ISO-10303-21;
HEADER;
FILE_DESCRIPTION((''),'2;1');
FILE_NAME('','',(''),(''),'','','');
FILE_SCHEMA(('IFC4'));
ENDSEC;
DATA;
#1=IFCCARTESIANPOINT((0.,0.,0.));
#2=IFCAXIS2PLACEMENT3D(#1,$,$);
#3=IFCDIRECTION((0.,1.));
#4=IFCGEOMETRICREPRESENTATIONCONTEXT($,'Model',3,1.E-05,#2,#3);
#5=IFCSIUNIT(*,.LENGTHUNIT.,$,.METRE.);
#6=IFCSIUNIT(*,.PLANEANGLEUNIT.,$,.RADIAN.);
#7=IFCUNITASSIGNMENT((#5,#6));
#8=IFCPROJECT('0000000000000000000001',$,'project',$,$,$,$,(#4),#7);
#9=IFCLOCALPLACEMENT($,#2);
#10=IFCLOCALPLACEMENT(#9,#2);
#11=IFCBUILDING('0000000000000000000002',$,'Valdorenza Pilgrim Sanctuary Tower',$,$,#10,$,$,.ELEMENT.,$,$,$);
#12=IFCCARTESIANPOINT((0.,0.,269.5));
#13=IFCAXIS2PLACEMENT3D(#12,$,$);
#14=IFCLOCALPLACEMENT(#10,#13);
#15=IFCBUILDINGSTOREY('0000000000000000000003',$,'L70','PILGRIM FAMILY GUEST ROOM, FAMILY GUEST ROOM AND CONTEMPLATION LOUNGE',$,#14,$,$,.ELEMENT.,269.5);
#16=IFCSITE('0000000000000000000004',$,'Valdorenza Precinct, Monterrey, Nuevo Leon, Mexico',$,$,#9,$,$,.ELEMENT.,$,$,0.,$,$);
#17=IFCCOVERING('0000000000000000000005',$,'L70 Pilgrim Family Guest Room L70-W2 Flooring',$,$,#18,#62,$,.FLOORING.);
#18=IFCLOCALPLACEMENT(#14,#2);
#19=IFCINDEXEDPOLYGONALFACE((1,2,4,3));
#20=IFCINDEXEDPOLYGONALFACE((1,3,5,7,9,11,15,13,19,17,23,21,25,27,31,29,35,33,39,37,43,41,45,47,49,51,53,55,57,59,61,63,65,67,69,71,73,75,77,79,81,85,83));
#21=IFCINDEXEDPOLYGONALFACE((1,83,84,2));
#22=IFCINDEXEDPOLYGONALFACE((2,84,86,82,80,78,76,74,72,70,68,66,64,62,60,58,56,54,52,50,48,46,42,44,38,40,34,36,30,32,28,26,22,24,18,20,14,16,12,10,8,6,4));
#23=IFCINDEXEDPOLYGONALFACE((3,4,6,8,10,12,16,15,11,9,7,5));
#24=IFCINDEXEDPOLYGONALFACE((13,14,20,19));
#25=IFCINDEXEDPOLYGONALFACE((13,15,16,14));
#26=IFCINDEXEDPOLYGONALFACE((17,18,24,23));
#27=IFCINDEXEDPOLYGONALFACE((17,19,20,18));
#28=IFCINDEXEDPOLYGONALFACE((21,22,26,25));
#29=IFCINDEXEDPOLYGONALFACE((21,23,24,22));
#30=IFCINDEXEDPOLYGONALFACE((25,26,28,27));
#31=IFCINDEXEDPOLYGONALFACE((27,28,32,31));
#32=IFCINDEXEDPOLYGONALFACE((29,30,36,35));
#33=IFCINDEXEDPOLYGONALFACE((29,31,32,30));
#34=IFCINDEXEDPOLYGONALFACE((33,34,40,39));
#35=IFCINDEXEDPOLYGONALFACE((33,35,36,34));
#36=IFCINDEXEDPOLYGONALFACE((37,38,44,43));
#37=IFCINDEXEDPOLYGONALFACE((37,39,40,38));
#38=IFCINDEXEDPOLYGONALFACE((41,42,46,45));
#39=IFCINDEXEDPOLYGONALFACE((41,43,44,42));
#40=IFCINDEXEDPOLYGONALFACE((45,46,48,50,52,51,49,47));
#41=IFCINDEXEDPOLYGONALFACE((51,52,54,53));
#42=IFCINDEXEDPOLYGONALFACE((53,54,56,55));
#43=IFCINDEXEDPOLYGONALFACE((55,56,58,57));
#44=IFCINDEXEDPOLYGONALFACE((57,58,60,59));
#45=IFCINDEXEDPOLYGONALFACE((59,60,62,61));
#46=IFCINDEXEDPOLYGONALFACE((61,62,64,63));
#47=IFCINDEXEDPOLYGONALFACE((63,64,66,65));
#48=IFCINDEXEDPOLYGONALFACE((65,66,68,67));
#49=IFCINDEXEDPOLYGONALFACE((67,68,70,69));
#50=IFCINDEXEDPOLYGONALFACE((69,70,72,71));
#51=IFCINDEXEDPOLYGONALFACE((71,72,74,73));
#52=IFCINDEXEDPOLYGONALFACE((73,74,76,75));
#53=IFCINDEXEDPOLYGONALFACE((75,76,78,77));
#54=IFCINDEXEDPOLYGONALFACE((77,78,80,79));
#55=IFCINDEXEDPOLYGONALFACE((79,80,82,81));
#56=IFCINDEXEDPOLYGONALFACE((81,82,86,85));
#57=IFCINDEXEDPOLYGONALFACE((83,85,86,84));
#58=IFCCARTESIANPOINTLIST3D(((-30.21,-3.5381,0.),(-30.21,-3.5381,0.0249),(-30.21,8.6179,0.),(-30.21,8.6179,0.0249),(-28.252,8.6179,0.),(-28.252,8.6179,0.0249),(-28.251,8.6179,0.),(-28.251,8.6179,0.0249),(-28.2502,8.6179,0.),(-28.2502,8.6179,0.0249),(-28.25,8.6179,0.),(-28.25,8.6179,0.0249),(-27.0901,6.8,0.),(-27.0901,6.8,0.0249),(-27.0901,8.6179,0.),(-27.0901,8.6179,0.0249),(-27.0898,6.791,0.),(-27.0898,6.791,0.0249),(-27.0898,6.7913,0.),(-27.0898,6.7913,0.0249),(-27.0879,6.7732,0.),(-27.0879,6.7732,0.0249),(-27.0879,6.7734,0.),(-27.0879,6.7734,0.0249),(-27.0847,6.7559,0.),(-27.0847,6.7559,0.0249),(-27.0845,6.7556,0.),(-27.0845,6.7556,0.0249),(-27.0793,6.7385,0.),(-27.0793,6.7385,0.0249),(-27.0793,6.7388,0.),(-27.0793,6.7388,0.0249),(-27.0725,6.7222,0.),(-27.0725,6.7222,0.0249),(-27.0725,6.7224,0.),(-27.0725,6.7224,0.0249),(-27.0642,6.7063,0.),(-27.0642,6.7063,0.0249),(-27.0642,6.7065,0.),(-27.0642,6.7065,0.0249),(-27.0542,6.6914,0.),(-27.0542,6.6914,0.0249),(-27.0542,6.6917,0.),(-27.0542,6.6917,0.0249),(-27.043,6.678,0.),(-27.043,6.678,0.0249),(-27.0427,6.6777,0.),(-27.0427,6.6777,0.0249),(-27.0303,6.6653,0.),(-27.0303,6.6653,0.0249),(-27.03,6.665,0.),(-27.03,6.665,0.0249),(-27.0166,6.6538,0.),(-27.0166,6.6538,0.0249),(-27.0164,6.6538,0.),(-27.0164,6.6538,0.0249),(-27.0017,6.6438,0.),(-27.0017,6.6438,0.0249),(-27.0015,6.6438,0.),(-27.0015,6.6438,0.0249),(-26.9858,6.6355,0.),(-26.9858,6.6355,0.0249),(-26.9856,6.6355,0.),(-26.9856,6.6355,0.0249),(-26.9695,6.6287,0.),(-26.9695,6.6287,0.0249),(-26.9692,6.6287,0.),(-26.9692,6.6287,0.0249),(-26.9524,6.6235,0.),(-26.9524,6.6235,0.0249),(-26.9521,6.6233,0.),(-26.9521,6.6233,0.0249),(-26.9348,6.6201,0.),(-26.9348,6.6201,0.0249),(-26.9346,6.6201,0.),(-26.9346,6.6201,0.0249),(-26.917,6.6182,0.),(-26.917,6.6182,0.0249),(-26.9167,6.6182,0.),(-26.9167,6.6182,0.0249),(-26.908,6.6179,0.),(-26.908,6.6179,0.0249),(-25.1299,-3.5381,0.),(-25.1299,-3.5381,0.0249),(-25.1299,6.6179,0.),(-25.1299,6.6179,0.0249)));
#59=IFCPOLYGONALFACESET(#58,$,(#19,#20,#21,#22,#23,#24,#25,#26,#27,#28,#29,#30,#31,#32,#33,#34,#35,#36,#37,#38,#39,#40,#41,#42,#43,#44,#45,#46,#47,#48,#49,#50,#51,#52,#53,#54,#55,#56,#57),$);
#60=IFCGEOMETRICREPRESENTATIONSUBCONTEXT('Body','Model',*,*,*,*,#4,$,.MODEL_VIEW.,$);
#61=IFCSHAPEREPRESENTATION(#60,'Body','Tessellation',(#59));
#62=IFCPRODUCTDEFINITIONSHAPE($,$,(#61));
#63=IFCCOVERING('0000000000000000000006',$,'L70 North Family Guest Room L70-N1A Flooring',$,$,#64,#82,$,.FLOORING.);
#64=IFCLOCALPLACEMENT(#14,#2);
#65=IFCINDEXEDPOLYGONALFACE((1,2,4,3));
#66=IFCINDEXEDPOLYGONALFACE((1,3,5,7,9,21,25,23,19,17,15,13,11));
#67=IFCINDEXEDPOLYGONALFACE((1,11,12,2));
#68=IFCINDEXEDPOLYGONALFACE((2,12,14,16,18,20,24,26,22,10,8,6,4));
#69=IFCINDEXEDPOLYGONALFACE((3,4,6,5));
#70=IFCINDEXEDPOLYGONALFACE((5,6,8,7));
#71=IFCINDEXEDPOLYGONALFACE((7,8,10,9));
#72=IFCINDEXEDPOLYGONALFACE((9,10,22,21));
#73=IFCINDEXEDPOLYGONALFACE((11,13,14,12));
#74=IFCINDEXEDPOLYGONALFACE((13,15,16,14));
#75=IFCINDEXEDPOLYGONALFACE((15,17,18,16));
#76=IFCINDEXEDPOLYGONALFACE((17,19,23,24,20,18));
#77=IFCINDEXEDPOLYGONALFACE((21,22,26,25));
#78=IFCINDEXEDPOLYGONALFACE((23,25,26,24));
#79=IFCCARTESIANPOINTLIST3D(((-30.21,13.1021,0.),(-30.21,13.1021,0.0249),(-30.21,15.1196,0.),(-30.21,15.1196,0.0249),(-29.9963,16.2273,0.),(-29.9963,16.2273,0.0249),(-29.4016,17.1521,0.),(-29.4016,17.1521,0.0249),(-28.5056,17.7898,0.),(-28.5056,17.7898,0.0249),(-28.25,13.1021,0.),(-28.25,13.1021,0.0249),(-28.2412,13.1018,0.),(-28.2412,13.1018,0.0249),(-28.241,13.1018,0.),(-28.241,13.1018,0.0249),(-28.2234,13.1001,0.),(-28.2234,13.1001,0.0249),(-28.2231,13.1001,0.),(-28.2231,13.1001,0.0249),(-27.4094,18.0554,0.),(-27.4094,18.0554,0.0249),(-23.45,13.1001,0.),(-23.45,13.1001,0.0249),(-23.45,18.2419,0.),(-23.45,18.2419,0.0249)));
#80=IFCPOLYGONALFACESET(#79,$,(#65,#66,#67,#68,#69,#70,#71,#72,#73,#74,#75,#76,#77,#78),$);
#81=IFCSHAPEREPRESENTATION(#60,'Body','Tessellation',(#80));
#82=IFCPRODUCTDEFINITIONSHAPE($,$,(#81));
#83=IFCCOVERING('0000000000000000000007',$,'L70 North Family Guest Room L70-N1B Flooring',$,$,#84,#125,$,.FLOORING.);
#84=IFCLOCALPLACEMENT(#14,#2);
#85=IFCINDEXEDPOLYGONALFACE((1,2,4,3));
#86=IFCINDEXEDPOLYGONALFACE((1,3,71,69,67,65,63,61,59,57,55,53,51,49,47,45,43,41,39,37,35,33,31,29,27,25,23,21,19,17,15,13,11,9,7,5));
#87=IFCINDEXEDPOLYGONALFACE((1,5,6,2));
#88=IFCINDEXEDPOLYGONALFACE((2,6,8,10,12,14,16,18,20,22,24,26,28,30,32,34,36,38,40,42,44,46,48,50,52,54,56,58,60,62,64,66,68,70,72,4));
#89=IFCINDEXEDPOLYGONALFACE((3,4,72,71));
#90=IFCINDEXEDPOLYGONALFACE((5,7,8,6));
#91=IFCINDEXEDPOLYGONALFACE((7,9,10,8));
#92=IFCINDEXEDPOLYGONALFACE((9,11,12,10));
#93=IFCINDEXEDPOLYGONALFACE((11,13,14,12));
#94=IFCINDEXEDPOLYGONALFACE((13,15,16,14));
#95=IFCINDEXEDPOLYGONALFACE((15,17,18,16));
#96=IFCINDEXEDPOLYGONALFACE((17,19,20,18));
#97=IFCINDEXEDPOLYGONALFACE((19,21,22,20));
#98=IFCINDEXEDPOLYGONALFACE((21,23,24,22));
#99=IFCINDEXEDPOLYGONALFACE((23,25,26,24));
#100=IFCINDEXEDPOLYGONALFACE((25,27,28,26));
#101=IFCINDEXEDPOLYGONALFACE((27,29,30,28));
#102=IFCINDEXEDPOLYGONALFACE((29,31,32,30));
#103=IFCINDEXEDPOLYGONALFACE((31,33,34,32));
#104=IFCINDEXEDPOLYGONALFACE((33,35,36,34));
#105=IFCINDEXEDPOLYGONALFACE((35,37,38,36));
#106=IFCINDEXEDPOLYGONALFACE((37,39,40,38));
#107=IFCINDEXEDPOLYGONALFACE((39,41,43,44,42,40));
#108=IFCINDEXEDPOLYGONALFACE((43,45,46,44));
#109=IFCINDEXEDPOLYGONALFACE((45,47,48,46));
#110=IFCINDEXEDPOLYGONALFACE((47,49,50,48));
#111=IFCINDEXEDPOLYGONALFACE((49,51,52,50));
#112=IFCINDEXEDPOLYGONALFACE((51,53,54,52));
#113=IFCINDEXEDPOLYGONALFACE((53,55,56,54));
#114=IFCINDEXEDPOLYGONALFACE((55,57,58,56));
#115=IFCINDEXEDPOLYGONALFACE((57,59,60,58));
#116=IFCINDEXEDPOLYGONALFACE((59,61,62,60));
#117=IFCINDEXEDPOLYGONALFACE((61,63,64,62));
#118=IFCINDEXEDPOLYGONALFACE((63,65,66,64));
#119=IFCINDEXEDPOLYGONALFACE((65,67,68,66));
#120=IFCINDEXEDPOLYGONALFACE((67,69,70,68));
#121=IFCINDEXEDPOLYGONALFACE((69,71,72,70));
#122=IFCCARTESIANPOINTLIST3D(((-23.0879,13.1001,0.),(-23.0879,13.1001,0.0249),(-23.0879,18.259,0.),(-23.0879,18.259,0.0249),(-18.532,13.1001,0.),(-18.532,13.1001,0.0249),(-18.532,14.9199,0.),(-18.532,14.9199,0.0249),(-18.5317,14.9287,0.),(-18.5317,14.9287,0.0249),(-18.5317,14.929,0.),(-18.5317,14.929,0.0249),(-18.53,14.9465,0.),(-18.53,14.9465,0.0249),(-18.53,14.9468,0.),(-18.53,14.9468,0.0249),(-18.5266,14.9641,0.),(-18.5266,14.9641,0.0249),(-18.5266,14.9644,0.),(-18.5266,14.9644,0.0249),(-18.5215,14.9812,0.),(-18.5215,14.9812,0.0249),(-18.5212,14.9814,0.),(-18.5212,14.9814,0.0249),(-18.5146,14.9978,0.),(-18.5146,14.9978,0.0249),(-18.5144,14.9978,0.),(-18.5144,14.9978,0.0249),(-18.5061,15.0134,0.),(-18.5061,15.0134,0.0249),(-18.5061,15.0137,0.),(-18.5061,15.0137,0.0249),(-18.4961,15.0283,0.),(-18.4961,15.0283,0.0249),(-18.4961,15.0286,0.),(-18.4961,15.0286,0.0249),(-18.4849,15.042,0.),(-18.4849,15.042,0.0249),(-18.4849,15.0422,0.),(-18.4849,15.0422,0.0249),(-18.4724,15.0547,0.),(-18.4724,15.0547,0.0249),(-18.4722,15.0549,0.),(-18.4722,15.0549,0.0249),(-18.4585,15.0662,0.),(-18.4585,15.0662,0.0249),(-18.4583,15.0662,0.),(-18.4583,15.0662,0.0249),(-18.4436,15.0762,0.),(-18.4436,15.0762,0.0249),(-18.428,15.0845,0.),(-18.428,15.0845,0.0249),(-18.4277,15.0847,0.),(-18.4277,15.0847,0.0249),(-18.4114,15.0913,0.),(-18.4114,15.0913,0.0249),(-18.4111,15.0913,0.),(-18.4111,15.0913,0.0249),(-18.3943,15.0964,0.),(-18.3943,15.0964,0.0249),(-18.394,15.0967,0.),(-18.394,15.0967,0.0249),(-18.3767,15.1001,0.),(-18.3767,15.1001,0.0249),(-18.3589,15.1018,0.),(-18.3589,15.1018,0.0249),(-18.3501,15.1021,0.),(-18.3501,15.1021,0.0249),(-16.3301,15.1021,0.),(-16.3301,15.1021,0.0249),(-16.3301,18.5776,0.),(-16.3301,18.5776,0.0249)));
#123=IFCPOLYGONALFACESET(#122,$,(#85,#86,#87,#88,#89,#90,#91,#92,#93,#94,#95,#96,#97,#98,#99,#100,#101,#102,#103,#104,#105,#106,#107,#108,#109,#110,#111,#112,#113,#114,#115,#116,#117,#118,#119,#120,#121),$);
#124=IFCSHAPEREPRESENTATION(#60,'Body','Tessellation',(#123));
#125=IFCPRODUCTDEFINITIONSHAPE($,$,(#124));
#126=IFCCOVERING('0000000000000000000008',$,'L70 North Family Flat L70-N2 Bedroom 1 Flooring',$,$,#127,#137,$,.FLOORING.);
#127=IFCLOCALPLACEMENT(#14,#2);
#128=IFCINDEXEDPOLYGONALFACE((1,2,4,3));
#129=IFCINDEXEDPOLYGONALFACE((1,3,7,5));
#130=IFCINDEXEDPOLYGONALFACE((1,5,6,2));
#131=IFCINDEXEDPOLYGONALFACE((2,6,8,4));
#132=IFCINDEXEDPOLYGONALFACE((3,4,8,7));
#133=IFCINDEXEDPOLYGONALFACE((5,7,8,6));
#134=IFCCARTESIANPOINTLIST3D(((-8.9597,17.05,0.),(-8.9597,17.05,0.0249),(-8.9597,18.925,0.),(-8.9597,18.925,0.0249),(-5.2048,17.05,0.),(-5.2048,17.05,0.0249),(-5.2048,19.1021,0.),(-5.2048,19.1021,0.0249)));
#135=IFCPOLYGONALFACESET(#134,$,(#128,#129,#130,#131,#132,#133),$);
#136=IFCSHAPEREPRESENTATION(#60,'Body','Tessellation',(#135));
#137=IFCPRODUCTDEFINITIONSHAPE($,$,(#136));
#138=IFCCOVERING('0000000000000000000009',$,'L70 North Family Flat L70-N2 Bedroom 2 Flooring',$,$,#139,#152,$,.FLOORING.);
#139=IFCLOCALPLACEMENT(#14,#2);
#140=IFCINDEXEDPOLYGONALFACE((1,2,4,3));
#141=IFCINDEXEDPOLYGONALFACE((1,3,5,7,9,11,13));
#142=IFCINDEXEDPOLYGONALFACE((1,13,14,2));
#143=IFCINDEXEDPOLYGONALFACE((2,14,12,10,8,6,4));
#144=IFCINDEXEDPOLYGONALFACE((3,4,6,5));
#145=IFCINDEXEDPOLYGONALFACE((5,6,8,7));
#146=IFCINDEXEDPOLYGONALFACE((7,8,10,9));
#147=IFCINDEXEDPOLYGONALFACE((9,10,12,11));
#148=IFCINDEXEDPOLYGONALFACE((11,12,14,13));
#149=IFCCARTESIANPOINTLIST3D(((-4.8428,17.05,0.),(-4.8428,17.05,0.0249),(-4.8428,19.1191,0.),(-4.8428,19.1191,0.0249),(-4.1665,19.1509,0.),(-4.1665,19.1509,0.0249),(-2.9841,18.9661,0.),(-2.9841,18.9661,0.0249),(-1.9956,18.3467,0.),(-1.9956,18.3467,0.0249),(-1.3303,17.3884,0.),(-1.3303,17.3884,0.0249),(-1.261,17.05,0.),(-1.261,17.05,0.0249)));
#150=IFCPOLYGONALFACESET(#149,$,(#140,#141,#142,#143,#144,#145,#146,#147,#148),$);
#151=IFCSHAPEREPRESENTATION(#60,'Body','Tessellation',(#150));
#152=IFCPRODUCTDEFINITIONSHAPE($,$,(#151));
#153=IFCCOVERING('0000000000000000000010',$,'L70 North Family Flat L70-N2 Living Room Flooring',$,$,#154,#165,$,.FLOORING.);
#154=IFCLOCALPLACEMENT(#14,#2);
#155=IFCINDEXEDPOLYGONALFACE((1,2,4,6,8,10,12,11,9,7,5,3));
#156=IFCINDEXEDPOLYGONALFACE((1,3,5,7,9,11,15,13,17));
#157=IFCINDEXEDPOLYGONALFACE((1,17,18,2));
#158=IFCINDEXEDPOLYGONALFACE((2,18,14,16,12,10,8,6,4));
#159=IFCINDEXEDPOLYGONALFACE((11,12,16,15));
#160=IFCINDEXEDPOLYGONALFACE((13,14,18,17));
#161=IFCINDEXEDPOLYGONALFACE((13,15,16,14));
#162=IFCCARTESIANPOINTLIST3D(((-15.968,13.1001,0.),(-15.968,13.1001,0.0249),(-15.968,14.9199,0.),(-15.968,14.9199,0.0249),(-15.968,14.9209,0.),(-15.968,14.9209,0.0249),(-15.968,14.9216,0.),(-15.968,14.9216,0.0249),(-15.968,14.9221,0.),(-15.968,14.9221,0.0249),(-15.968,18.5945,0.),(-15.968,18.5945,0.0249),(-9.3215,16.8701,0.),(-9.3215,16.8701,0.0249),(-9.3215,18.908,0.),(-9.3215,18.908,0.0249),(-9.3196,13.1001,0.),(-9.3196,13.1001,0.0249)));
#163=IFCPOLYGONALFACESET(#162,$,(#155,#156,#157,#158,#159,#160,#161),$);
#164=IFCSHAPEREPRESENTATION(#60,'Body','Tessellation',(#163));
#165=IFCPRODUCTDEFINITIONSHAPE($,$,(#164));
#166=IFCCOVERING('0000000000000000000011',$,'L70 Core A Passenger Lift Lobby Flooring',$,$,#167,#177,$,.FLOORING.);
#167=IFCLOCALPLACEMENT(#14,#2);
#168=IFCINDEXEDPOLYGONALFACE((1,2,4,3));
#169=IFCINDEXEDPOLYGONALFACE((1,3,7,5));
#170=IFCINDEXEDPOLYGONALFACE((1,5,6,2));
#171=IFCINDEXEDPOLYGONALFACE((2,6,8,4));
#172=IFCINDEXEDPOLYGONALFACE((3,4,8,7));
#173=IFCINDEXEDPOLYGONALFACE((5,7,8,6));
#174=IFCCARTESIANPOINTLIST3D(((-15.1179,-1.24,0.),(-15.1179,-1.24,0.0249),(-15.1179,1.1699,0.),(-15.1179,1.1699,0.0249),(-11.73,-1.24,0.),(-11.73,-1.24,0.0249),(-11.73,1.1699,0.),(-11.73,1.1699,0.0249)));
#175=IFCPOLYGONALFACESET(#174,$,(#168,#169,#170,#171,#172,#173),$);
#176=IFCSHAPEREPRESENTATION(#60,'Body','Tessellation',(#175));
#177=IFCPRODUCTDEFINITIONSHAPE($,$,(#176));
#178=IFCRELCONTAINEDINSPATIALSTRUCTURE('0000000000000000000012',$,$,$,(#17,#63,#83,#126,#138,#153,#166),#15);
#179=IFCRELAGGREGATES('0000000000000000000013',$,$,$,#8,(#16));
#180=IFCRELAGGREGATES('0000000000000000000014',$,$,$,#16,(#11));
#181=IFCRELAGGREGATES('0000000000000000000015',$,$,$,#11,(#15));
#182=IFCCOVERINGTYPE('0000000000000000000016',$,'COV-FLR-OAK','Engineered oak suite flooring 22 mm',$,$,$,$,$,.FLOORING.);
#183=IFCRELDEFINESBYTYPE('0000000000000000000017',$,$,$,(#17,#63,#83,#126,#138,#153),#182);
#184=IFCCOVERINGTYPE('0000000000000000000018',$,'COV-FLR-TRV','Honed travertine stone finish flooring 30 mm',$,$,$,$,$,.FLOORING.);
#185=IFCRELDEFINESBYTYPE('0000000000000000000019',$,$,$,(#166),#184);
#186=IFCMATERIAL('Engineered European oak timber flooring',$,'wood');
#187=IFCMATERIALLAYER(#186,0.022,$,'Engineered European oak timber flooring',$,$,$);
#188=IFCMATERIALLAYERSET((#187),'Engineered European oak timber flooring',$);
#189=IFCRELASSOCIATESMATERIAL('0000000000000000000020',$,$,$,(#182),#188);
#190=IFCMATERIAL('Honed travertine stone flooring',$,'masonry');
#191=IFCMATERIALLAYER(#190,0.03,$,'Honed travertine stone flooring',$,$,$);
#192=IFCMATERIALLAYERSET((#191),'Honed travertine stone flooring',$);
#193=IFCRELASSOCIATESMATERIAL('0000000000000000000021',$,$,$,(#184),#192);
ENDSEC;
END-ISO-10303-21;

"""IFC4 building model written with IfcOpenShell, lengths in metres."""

from ifc_helpers import new_model, si_unit, direction, frame, origin, place, context, subcontext, project, spatial, polyline, outline, extrude, material, layer, layer_set, type_object, element, save


model = new_model("IFC4")

# Units and contexts
model_context = context("Model", 3, precision=1e-05, world=origin(), true_north=direction((0.0, 1.0)))
body_context = subcontext(model_context, "Body", "Model", "MODEL_VIEW")
ifc_project = project(units=[si_unit("LENGTHUNIT", "METRE"), si_unit("PLANEANGLEUNIT", "RADIAN")], contexts=[model_context])

# Site, building, storey
site_placement = place(None, origin())
site = spatial("IfcSite", under=ifc_project, at=site_placement, Name="Valdorenza Precinct, Monterrey, Nuevo Leon, Mexico", CompositionType="ELEMENT", RefElevation=0.0)
building_placement = place(site_placement, origin())
building = spatial("IfcBuilding", under=site, at=building_placement, Name="Valdorenza Pilgrim Sanctuary Tower", CompositionType="ELEMENT")
storey_placement = place(building_placement, frame((0.0, 0.0, 269.5)))
storey = spatial("IfcBuildingStorey", under=building, at=storey_placement, Name="L70", Description="PILGRIM FAMILY GUEST ROOM, FAMILY GUEST ROOM AND CONTEMPLATION LOUNGE", CompositionType="ELEMENT", Elevation=269.5)

# Coverings
ifc_material_1 = material(Name="Engineered European oak timber flooring", Category="wood")
ifc_layer_1 = layer(ifc_material_1, 0.022, Name="Engineered European oak timber flooring")
ifc_layer_set_1 = layer_set([ifc_layer_1], Name="Engineered European oak timber flooring")
covering_type_1 = type_object("IfcCoveringType", Name="COV-FLR-OAK", Description="Engineered oak suite flooring 22 mm", PredefinedType="FLOORING", material=ifc_layer_set_1)
covering_1_placement = place(storey_placement, origin())
element("IfcCovering", 1, at=covering_1_placement, inside=storey, type_object=covering_type_1, Name="L70 Pilgrim Family Guest Room L70-W2 Flooring", PredefinedType="FLOORING", context=body_context, shape_type="SweptSolid", body=[
    extrude(outline(polyline([(-30.21, 8.6179), (-28.252, 8.6179), (-28.251, 8.6179), (-28.2502, 8.6179), (-28.25, 8.6179), (-27.0901, 8.6179), (-27.0901, 6.8), (-27.0898, 6.7913), (-27.0898, 6.791), (-27.0879, 6.7734), (-27.0879, 6.7732), (-27.0847, 6.7559), (-27.0845, 6.7556), (-27.0793, 6.7388), (-27.0793, 6.7385), (-27.0725, 6.7224), (-27.0725, 6.7222), (-27.0642, 6.7065), (-27.0642, 6.7063), (-27.0542, 6.6917), (-27.0542, 6.6914), (-27.043, 6.678), (-27.0427, 6.6777), (-27.0303, 6.6653), (-27.03, 6.665), (-27.0166, 6.6538), (-27.0164, 6.6538), (-27.0017, 6.6438), (-27.0015, 6.6438), (-26.9858, 6.6355), (-26.9856, 6.6355), (-26.9695, 6.6287), (-26.9692, 6.6287), (-26.9524, 6.6235), (-26.9521, 6.6233), (-26.9348, 6.6201), (-26.9346, 6.6201), (-26.917, 6.6182), (-26.9167, 6.6182), (-26.908, 6.6179), (-25.1299, 6.6179), (-25.1299, -3.5381), (-30.21, -3.5381), (-30.21, 8.6179)])), origin(), (0.0, 0.0, 1.0), 0.0249),
])
covering_2_placement = place(storey_placement, origin())
element("IfcCovering", 2, at=covering_2_placement, inside=storey, type_object=covering_type_1, Name="L70 North Family Guest Room L70-N1A Flooring", PredefinedType="FLOORING", context=body_context, shape_type="SweptSolid", body=[
    extrude(outline(polyline([(-29.9963, 16.2273), (-29.4016, 17.1521), (-28.5056, 17.7898), (-27.4094, 18.0554), (-23.45, 18.2419), (-23.45, 13.1001), (-28.2231, 13.1001), (-28.2231, 13.1001), (-28.2234, 13.1001), (-28.241, 13.1018), (-28.2412, 13.1018), (-28.25, 13.1021), (-30.21, 13.1021), (-30.21, 15.1196), (-29.9963, 16.2273)])), origin(), (0.0, 0.0, 1.0), 0.0249),
])
covering_3_placement = place(storey_placement, origin())
element("IfcCovering", 3, at=covering_3_placement, inside=storey, type_object=covering_type_1, Name="L70 North Family Guest Room L70-N1B Flooring", PredefinedType="FLOORING", context=body_context, shape_type="SweptSolid", body=[
    extrude(outline(polyline([(-16.3301, 18.5776), (-16.3301, 15.1021), (-18.3501, 15.1021), (-18.3589, 15.1018), (-18.3589, 15.1018), (-18.3767, 15.1001), (-18.3767, 15.1001), (-18.394, 15.0967), (-18.3943, 15.0964), (-18.4111, 15.0913), (-18.4114, 15.0913), (-18.4277, 15.0847), (-18.428, 15.0845), (-18.4436, 15.0762), (-18.4436, 15.0762), (-18.4583, 15.0662), (-18.4585, 15.0662), (-18.4722, 15.0549), (-18.4724, 15.0547), (-18.4849, 15.0422), (-18.4849, 15.042), (-18.4961, 15.0286), (-18.4961, 15.0283), (-18.5061, 15.0137), (-18.5061, 15.0134), (-18.5144, 14.9978), (-18.5146, 14.9978), (-18.5212, 14.9814), (-18.5215, 14.9812), (-18.5266, 14.9644), (-18.5266, 14.9641), (-18.53, 14.9468), (-18.53, 14.9465), (-18.5317, 14.929), (-18.5317, 14.9287), (-18.532, 14.9199), (-18.532, 13.1001), (-23.0879, 13.1001), (-23.0879, 18.259), (-16.3301, 18.5776)])), origin(), (0.0, 0.0, 1.0), 0.0249),
])
covering_4_placement = place(storey_placement, origin())
element("IfcCovering", 4, at=covering_4_placement, inside=storey, type_object=covering_type_1, Name="L70 North Family Flat L70-N2 Bedroom 1 Flooring", PredefinedType="FLOORING", context=body_context, shape_type="SweptSolid", body=[
    extrude(outline(polyline([(-8.9597, 17.05), (-8.9597, 18.925), (-5.2048, 19.1021), (-5.2048, 17.05), (-8.9597, 17.05)])), origin(), (0.0, 0.0, 1.0), 0.0249),
])
covering_5_placement = place(storey_placement, origin())
element("IfcCovering", 5, at=covering_5_placement, inside=storey, type_object=covering_type_1, Name="L70 North Family Flat L70-N2 Bedroom 2 Flooring", PredefinedType="FLOORING", context=body_context, shape_type="SweptSolid", body=[
    extrude(outline(polyline([(-4.1665, 19.1509), (-2.9841, 18.9661), (-1.9956, 18.3467), (-1.3303, 17.3884), (-1.261, 17.05), (-4.8428, 17.05), (-4.8428, 19.1191), (-4.1665, 19.1509)])), origin(), (0.0, 0.0, 1.0), 0.0249),
])
covering_6_placement = place(storey_placement, origin())
element("IfcCovering", 6, at=covering_6_placement, inside=storey, type_object=covering_type_1, Name="L70 North Family Flat L70-N2 Living Room Flooring", PredefinedType="FLOORING", context=body_context, shape_type="SweptSolid", body=[
    extrude(outline(polyline([(-15.968, 14.9216), (-15.968, 14.9221), (-15.968, 18.5945), (-9.3215, 18.908), (-9.3215, 16.8701), (-9.3196, 13.1001), (-15.968, 13.1001), (-15.968, 14.9199), (-15.968, 14.9209), (-15.968, 14.9216)])), origin(), (0.0, 0.0, 1.0), 0.0249),
])
ifc_material_2 = material(Name="Honed travertine stone flooring", Category="masonry")
ifc_layer_2 = layer(ifc_material_2, 0.03, Name="Honed travertine stone flooring")
ifc_layer_set_2 = layer_set([ifc_layer_2], Name="Honed travertine stone flooring")
covering_type_2 = type_object("IfcCoveringType", Name="COV-FLR-TRV", Description="Honed travertine stone finish flooring 30 mm", PredefinedType="FLOORING", material=ifc_layer_set_2)
covering_7_placement = place(storey_placement, origin())
element("IfcCovering", 7, at=covering_7_placement, inside=storey, type_object=covering_type_2, Name="L70 Core A Passenger Lift Lobby Flooring", PredefinedType="FLOORING", context=body_context, shape_type="SweptSolid", body=[
    extrude(outline(polyline([(-15.1179, 1.1699), (-11.73, 1.1699), (-11.73, -1.24), (-15.1179, -1.24), (-15.1179, 1.1699)])), origin(), (0.0, 0.0, 1.0), 0.0249),
])

save(model, "model.ifc")
